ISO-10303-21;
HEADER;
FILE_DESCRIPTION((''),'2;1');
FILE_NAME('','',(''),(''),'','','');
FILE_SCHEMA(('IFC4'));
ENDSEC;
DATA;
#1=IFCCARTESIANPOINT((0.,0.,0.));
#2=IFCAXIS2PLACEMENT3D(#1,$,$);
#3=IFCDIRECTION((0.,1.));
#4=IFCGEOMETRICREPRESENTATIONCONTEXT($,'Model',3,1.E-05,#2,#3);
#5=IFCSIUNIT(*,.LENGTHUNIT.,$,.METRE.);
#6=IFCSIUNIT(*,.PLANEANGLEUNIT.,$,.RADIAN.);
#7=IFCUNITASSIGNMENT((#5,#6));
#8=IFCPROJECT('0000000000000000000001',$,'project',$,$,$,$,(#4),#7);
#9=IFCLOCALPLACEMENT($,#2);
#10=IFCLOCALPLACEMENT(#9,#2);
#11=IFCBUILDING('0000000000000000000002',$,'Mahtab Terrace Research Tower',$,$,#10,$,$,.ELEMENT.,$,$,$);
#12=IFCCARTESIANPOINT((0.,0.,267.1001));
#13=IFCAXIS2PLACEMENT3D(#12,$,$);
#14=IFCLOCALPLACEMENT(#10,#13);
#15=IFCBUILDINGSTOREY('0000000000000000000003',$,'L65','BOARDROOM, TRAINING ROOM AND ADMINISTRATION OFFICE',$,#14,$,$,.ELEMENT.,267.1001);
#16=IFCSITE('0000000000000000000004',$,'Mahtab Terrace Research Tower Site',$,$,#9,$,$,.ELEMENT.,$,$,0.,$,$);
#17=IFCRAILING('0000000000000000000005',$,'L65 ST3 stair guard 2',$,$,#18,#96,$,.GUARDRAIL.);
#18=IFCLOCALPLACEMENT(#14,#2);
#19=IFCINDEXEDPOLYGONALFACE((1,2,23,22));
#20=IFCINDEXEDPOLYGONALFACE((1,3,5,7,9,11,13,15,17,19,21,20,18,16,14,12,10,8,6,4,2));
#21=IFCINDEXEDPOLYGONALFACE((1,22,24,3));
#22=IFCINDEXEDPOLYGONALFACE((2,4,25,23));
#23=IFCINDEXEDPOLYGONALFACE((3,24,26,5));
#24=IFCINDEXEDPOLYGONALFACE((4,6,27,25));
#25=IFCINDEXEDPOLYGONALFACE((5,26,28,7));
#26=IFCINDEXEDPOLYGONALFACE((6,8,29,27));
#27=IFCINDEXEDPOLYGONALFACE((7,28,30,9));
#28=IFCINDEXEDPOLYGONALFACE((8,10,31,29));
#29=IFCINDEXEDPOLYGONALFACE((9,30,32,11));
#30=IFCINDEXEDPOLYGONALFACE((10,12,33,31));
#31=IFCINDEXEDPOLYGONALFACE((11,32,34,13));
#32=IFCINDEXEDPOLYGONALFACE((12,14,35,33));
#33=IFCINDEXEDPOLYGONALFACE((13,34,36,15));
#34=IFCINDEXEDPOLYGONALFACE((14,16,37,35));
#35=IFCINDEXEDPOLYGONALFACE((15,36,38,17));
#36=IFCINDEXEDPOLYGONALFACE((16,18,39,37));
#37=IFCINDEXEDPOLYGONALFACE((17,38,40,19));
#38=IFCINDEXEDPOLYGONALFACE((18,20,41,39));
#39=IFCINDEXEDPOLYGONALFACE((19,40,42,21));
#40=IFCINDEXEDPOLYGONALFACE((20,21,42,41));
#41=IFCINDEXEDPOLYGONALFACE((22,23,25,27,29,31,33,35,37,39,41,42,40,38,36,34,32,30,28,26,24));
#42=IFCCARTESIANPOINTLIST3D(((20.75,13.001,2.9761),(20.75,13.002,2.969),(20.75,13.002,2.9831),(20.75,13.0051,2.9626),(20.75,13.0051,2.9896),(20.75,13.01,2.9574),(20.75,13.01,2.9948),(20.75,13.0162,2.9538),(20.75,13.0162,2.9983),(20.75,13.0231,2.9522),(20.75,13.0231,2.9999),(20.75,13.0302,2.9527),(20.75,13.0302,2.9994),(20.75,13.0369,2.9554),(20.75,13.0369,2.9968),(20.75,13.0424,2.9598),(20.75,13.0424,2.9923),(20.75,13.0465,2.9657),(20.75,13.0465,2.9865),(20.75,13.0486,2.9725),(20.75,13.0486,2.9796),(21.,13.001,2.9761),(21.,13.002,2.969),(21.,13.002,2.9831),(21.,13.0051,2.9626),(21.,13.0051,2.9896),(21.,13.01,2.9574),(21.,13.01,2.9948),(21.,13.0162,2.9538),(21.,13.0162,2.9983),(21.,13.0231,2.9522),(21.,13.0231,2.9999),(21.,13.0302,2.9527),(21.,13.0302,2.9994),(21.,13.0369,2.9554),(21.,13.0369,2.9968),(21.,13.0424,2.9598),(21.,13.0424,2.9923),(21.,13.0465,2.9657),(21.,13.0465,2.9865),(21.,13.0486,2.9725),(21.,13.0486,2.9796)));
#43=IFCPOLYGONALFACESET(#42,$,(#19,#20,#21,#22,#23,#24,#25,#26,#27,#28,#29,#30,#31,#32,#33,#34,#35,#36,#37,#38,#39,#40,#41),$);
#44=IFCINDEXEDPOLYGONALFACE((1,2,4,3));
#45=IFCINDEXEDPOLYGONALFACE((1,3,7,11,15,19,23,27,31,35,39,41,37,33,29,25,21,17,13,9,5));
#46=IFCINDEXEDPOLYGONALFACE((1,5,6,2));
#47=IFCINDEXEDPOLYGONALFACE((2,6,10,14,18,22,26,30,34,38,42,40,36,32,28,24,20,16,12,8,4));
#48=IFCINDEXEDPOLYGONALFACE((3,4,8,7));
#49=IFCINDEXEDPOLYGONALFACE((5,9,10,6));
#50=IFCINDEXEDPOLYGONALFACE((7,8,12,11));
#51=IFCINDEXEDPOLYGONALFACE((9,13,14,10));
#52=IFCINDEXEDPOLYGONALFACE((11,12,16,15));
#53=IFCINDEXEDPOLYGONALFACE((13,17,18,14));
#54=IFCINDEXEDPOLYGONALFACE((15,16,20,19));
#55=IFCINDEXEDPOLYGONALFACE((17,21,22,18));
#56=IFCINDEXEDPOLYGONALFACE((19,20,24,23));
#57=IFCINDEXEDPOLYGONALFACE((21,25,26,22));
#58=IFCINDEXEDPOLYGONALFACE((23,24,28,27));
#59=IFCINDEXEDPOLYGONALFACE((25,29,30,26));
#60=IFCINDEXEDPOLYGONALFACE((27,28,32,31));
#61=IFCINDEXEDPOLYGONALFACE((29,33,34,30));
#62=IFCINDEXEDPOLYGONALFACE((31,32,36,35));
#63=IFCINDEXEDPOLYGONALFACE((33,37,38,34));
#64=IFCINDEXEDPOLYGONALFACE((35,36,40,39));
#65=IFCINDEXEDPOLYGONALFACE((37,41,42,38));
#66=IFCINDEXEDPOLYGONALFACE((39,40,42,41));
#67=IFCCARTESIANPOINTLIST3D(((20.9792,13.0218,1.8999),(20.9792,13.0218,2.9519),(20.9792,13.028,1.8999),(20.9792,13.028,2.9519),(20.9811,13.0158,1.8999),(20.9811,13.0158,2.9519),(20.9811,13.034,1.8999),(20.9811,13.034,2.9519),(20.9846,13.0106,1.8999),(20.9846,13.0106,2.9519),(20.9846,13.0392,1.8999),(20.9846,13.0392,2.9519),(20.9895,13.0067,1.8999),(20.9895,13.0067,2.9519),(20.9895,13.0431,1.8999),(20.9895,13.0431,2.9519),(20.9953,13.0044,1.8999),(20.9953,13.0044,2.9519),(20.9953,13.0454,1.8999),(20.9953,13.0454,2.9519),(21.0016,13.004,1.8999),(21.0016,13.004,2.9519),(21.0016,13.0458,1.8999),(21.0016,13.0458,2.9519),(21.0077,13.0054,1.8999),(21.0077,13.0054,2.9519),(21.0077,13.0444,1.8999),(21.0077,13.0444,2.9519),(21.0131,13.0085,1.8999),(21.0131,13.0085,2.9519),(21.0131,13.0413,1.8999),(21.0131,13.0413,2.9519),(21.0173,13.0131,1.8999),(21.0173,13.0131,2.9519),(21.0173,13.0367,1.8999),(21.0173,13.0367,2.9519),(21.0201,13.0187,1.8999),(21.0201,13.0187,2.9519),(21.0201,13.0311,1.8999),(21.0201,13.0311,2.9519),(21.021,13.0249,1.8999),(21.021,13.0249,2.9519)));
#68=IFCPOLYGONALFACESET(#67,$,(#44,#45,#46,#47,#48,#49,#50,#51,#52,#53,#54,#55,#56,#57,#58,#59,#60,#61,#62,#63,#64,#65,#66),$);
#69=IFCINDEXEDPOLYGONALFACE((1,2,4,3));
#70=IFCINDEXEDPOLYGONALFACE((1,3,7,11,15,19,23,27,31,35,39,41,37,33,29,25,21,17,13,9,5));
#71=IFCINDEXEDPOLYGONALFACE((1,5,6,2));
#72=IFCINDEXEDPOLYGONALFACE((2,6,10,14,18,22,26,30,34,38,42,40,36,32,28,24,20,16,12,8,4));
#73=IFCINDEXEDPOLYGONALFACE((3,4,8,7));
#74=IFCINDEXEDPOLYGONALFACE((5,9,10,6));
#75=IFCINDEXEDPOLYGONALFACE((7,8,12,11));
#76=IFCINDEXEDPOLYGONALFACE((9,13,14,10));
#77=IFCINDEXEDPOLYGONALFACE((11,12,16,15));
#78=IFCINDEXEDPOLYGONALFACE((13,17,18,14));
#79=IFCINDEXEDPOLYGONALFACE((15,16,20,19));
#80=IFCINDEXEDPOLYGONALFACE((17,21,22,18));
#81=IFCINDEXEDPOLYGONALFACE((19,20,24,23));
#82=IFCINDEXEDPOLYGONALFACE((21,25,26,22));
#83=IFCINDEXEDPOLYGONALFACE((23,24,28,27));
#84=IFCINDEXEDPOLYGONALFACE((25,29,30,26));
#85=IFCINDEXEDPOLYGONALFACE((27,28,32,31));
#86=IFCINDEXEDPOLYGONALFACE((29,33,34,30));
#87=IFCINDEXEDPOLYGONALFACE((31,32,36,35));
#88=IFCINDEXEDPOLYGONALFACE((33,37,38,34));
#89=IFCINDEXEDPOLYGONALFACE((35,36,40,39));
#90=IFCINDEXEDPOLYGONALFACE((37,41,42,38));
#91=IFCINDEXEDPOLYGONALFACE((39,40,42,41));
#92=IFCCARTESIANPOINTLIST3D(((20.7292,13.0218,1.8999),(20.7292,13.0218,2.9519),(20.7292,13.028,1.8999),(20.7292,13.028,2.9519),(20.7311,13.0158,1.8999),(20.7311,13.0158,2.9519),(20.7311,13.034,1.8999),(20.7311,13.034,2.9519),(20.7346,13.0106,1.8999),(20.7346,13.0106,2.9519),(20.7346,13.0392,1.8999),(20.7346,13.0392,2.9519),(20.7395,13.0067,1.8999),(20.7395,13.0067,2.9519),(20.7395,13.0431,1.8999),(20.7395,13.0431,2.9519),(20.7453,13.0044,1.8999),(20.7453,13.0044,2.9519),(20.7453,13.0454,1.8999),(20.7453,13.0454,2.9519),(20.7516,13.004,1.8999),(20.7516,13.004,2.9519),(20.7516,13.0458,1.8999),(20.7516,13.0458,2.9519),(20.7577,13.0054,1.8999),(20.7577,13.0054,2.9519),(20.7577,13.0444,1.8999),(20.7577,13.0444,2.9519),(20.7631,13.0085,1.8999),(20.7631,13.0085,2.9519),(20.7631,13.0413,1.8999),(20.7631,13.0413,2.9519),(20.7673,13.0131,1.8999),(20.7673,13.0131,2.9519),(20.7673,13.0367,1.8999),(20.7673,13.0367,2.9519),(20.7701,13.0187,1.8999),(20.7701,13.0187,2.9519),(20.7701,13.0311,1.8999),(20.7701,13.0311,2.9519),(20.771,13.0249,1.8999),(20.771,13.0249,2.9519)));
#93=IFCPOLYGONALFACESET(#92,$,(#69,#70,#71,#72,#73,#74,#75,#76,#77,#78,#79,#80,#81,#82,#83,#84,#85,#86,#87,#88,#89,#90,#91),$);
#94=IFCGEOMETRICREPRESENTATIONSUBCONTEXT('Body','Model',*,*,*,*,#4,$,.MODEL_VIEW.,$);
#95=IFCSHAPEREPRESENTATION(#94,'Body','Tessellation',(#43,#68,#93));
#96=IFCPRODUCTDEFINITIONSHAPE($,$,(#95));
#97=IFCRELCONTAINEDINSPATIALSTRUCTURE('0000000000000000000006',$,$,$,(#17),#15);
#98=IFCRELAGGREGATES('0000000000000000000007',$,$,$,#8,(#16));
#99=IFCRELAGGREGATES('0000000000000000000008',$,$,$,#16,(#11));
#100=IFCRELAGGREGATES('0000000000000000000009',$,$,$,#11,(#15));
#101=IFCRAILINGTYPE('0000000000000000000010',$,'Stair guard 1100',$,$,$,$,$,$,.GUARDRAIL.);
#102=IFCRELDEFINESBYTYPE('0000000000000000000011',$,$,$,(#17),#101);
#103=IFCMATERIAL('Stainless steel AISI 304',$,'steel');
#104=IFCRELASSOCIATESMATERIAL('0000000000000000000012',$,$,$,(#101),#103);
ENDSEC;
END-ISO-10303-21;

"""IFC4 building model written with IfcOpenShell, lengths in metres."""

from ifc_helpers import new_model, si_unit, direction, frame, origin, origin_2d, place, context, subcontext, project, spatial, circle, extrude, material, type_object, element, save


model = new_model("IFC4")

# Units and contexts
model_context = context("Model", 3, precision=1e-05, world=origin(), true_north=direction((0.0, 1.0)))
body_context = subcontext(model_context, "Body", "Model", "MODEL_VIEW")
ifc_project = project(units=[si_unit("LENGTHUNIT", "METRE"), si_unit("PLANEANGLEUNIT", "RADIAN")], contexts=[model_context])

# Site, building, storey
site_placement = place(None, origin())
site = spatial("IfcSite", under=ifc_project, at=site_placement, Name="Mahtab Terrace Research Tower Site", CompositionType="ELEMENT", RefElevation=0.0)
building_placement = place(site_placement, origin())
building = spatial("IfcBuilding", under=site, at=building_placement, Name="Mahtab Terrace Research Tower", CompositionType="ELEMENT")
storey_placement = place(building_placement, frame((0.0, 0.0, 267.1001)))
storey = spatial("IfcBuildingStorey", under=building, at=storey_placement, Name="L65", Description="BOARDROOM, TRAINING ROOM AND ADMINISTRATION OFFICE", CompositionType="ELEMENT", Elevation=267.1001)

# Shared definitions
ifc_material_1 = material(Name="Stainless steel AISI 304", Category="steel")

# Railing
railing_type_1 = type_object("IfcRailingType", Name="Stair guard 1100", PredefinedType="GUARDRAIL", material=ifc_material_1)
railing_1_placement = place(storey_placement, frame((21.0, 13.0249, 1.8999)))
element("IfcRailing", 1, at=railing_1_placement, inside=storey, type_object=railing_type_1, Name="L65 ST3 stair guard 2", PredefinedType="GUARDRAIL", context=body_context, shape_type="SweptSolid", body=[
    extrude(circle(Radius=0.0239, at=origin_2d()), frame((0.0, 0.0, 1.0762), z_axis=(-1.0, 0.0, 0.0), x_axis=(0.0, -1.0, 0.0)), (0.0, 0.0, 1.0), 0.25),
    extrude(circle(Radius=0.021, at=origin_2d()), origin(), (0.0, 0.0, 1.0), 1.052),
    extrude(circle(Radius=0.021, at=origin_2d()), frame((-0.25, 0.0, 0.0)), (0.0, 0.0, 1.0), 1.052),
])

save(model, "model.ifc")
